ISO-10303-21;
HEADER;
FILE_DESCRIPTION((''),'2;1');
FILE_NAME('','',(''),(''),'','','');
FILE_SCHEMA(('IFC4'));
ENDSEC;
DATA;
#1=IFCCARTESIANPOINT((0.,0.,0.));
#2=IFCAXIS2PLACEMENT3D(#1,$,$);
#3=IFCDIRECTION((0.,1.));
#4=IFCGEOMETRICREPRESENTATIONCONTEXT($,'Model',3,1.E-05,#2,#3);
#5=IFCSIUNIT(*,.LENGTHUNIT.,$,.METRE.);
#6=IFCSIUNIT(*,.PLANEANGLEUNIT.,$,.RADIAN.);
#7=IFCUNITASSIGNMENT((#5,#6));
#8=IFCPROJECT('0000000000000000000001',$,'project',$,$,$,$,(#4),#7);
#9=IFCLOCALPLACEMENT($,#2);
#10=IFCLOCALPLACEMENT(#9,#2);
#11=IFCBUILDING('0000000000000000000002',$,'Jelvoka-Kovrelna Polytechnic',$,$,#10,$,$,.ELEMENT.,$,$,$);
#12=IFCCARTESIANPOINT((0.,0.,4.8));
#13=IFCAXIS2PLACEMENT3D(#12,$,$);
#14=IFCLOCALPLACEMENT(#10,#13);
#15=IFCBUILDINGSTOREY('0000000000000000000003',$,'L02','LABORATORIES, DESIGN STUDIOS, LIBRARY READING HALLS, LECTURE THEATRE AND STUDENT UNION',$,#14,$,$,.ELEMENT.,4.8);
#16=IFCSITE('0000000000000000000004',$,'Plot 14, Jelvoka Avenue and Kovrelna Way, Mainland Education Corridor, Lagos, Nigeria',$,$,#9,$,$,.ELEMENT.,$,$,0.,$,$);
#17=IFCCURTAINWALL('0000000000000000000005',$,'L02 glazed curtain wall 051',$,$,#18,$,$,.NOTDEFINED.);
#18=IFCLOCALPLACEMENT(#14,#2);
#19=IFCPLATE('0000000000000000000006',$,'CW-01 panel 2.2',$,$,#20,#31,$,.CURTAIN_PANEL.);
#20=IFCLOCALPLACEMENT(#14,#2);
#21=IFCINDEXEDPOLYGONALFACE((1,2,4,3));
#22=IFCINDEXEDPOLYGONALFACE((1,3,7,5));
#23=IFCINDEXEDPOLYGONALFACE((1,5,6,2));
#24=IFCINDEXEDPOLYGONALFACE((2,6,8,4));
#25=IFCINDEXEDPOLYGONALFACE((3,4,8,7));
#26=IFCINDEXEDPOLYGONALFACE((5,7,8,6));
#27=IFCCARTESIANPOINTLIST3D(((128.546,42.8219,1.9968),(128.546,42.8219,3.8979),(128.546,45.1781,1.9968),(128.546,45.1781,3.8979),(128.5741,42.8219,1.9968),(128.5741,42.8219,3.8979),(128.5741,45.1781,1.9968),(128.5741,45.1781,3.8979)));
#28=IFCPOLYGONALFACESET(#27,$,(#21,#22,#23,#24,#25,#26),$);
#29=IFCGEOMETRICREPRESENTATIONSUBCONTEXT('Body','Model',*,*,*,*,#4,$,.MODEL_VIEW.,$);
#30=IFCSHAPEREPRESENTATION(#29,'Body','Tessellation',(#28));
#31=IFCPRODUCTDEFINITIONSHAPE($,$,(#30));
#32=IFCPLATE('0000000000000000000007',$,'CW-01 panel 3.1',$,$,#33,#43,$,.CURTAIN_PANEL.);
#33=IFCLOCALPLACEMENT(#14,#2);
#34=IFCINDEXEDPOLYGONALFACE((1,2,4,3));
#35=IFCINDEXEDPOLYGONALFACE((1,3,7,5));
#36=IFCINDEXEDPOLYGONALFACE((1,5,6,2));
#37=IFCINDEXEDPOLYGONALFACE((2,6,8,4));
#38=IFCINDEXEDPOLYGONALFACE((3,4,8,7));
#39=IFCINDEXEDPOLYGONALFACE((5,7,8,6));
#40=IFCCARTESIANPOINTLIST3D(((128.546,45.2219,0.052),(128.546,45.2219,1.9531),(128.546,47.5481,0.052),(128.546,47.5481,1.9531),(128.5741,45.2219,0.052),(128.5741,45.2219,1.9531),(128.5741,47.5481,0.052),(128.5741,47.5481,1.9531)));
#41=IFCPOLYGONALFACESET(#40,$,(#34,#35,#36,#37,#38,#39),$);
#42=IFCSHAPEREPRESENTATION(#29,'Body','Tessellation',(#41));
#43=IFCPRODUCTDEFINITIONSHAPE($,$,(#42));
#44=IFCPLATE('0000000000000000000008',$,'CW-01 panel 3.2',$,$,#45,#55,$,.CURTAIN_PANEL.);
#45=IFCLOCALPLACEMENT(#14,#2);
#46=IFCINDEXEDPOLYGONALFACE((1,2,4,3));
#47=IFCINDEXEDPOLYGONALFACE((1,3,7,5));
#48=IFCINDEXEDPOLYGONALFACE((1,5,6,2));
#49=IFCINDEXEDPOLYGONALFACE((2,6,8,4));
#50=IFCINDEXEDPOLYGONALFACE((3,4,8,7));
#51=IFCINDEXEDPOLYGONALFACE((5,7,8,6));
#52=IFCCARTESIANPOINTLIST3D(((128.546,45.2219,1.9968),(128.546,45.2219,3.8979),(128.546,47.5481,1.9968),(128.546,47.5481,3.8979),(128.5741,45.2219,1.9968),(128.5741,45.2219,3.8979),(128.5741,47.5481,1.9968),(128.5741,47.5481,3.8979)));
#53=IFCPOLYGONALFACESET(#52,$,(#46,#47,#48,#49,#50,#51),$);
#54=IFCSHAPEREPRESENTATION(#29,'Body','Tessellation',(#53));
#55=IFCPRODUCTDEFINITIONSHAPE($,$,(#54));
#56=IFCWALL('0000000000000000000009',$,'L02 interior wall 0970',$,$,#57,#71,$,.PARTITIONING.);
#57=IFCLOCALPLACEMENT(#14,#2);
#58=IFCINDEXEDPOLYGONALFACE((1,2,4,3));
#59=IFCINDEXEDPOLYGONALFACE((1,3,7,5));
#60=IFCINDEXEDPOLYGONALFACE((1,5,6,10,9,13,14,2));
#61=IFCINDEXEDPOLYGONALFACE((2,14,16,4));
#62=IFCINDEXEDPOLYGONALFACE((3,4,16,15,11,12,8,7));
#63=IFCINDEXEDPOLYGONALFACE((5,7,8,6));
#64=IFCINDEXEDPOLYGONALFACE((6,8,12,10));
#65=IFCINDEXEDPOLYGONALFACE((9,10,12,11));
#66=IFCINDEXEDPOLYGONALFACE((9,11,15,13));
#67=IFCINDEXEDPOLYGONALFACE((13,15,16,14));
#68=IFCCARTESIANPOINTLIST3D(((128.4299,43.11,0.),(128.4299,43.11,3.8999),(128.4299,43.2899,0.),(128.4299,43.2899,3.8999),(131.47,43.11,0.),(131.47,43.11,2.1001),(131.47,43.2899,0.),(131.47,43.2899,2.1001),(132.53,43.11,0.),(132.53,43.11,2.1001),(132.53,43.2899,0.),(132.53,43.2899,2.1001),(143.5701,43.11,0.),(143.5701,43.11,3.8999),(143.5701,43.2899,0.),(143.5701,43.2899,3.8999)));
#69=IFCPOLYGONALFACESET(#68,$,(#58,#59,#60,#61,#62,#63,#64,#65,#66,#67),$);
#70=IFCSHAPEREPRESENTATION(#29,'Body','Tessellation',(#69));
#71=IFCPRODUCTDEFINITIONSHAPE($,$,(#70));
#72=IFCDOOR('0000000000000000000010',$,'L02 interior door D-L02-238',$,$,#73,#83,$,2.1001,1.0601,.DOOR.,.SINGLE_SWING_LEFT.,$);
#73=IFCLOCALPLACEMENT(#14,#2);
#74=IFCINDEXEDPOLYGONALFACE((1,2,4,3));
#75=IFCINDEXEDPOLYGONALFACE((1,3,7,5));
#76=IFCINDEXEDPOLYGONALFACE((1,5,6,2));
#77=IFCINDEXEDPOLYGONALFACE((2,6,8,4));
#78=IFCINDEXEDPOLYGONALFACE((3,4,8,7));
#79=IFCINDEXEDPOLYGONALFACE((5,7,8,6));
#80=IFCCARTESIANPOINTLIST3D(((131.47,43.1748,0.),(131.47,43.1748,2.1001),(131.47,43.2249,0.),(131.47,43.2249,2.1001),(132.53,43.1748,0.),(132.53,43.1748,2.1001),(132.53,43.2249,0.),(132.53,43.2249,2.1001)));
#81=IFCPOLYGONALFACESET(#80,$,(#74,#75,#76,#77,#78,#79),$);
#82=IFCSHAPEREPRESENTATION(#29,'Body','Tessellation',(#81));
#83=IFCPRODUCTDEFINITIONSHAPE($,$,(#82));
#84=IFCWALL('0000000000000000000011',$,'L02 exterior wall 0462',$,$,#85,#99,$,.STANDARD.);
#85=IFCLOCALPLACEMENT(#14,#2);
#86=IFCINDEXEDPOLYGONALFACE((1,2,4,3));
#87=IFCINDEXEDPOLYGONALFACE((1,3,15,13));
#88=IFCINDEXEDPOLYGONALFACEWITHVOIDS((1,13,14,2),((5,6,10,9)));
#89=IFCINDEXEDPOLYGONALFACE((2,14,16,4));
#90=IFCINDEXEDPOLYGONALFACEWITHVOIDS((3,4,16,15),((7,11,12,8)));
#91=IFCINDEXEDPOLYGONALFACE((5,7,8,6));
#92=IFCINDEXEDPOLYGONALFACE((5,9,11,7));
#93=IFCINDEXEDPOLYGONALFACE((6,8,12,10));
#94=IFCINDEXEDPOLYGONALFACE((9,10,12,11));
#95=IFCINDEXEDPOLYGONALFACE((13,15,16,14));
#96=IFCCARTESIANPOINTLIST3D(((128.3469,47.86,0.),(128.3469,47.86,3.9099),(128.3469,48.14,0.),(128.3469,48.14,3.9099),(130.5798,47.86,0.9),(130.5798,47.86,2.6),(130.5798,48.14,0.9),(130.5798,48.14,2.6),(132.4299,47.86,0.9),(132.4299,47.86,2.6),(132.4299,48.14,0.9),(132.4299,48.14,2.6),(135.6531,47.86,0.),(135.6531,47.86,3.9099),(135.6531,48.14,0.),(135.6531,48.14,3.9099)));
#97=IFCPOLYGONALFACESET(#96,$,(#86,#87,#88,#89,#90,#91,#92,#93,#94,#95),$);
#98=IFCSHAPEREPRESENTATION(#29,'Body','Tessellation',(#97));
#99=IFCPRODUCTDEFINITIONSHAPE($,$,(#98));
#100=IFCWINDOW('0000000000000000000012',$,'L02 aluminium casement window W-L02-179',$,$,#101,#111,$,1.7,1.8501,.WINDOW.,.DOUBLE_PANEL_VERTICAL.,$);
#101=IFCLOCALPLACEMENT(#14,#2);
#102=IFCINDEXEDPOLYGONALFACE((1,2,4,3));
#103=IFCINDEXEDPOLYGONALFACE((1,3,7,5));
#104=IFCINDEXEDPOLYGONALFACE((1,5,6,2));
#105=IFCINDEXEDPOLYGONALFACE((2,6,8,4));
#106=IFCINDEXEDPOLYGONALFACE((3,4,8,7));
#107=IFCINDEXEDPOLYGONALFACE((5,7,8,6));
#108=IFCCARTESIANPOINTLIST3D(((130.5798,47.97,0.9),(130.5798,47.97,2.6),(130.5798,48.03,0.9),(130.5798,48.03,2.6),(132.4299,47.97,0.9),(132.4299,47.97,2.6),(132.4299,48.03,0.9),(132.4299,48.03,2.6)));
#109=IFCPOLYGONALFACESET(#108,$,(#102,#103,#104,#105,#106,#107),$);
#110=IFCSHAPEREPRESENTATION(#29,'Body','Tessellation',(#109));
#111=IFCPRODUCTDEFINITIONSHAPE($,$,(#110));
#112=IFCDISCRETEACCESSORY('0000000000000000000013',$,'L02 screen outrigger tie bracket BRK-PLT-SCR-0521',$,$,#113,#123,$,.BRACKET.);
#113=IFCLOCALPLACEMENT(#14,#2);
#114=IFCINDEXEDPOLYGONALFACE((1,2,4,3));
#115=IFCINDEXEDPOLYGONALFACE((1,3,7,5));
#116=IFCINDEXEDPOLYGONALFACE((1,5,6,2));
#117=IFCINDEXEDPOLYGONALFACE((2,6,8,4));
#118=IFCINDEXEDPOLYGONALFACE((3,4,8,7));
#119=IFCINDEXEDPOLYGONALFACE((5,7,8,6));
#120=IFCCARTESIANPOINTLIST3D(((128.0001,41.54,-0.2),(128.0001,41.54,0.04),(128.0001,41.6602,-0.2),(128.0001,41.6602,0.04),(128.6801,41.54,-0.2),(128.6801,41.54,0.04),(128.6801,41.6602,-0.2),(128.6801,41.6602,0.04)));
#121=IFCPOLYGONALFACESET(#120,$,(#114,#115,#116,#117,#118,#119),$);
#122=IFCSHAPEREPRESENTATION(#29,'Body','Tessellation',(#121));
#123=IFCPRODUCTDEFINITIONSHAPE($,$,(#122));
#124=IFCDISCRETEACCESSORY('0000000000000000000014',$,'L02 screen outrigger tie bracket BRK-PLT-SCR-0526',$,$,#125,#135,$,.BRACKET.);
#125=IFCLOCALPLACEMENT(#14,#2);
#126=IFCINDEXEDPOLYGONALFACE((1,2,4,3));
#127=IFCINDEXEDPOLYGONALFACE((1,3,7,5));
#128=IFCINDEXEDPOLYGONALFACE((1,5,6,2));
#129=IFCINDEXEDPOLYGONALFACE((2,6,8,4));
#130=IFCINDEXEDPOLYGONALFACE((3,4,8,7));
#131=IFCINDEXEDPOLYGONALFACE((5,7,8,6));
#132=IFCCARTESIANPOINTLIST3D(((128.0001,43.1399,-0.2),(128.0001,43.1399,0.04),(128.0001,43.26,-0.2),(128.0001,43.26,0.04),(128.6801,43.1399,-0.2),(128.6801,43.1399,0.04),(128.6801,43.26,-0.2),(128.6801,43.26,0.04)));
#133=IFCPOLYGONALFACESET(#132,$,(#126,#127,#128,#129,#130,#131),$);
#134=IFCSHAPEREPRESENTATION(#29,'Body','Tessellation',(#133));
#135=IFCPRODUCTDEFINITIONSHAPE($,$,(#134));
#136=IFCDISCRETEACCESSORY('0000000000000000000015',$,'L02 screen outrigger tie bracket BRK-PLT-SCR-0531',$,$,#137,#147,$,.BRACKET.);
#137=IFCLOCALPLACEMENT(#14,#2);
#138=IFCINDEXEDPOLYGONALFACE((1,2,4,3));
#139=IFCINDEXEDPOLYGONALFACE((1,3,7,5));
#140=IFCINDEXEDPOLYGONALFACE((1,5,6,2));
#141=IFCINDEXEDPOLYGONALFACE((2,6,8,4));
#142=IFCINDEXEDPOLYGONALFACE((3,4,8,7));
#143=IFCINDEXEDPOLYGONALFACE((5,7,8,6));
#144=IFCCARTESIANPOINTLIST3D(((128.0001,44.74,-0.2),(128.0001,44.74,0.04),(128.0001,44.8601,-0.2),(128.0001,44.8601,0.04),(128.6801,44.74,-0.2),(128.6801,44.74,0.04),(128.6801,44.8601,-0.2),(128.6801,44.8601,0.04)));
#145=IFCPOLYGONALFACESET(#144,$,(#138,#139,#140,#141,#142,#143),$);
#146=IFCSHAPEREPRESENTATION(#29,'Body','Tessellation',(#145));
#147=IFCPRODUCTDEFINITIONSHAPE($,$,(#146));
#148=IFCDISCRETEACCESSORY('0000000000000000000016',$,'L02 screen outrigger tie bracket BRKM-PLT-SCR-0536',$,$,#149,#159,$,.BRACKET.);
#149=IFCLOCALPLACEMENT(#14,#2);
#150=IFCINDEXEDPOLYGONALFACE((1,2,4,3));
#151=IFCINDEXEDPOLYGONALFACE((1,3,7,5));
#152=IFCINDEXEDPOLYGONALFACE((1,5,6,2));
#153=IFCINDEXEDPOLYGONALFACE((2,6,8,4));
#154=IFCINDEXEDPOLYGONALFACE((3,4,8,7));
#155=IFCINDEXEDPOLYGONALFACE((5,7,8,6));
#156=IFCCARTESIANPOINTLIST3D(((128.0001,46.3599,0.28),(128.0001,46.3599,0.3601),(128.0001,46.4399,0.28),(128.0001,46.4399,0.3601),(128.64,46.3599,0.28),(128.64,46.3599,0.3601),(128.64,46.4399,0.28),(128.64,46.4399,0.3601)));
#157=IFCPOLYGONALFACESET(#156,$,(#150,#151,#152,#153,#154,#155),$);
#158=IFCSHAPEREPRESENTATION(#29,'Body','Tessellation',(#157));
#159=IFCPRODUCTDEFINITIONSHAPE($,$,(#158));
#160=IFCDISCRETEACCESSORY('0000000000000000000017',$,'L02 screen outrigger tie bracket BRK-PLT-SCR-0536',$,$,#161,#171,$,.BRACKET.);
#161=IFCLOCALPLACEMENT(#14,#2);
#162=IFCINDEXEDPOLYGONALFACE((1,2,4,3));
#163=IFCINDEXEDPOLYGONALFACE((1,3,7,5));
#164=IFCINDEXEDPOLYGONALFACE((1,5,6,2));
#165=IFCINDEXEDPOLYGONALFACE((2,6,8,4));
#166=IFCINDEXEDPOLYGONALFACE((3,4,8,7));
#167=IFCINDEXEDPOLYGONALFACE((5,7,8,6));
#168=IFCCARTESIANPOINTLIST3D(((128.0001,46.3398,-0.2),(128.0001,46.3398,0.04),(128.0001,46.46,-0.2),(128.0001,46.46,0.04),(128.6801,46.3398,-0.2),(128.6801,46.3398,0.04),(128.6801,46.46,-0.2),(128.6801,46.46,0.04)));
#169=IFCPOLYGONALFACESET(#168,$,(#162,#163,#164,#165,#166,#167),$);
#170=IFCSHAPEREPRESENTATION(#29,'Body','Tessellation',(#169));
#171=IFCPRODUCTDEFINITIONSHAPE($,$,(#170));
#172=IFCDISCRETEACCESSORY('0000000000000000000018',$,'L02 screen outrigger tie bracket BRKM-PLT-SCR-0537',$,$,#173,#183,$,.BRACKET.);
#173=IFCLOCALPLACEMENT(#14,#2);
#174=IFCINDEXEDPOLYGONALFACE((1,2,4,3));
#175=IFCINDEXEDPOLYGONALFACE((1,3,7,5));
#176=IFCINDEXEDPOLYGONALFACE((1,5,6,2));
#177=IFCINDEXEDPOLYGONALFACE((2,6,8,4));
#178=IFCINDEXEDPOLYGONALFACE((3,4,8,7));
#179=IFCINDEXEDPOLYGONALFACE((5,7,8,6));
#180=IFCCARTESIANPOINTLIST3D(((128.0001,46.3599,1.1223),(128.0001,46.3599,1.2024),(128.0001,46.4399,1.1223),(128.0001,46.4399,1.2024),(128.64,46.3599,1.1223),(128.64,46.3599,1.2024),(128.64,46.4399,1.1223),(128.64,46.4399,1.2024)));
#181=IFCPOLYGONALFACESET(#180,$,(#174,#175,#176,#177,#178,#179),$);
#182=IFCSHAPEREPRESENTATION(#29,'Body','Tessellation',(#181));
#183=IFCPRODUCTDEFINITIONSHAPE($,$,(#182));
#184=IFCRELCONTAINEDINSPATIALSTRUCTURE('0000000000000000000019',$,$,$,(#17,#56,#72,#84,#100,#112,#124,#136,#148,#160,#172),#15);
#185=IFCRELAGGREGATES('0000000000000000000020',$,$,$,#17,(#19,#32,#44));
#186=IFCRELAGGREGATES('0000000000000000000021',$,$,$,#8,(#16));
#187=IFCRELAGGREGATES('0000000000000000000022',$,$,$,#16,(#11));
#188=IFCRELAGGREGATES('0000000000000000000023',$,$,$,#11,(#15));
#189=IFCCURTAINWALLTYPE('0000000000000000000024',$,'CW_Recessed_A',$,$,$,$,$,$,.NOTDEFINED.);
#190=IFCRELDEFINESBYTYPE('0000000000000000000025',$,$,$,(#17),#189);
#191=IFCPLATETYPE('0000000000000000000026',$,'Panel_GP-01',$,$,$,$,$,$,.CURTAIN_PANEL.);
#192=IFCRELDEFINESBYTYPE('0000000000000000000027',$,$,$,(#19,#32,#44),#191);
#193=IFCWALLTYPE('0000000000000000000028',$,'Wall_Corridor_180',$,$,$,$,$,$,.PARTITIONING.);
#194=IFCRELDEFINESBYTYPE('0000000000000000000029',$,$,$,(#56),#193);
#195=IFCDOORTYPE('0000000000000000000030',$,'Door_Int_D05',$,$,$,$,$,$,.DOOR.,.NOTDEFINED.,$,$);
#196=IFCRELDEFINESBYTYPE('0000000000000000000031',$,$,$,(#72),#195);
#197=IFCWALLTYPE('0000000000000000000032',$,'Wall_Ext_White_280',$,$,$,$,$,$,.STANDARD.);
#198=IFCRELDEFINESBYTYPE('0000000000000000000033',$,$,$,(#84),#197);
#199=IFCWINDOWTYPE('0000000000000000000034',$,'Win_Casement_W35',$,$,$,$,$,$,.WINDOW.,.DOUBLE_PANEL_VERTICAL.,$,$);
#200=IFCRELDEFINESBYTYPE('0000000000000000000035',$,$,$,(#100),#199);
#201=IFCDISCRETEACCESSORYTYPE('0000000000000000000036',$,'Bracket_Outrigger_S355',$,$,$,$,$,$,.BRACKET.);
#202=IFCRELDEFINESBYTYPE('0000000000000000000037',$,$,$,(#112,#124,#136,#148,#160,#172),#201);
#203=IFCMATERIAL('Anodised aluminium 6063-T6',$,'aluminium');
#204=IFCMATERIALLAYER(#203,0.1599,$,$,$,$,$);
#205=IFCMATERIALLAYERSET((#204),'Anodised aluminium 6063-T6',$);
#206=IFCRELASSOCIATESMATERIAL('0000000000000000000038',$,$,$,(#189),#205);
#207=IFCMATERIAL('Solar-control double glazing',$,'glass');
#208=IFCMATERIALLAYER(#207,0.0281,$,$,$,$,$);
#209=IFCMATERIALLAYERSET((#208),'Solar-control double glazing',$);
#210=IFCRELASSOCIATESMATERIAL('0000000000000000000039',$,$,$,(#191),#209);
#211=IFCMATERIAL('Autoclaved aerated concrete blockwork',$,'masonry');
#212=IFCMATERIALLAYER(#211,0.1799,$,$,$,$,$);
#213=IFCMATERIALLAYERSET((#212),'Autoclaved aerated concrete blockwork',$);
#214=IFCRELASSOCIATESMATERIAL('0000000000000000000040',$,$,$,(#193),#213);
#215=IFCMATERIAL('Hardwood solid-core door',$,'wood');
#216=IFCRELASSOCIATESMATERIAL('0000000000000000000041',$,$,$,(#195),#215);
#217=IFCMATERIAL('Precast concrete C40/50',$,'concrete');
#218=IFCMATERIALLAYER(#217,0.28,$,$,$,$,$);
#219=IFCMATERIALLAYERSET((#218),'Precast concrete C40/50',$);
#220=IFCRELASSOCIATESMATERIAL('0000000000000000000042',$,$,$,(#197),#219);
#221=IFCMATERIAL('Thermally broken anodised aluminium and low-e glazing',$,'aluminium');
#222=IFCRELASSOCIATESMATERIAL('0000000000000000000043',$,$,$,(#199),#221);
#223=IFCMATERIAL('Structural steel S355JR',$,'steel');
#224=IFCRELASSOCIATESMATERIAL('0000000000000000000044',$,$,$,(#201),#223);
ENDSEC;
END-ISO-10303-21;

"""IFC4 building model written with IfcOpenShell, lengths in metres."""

from ifc_helpers import new_model, si_unit, direction, frame, frame_2d, origin, origin_2d, place, context, subcontext, project, spatial, rectangle, extrude, material, layer, layer_set, type_object, element, fill, aggregate, save


model = new_model("IFC4")

# Units and contexts
model_context = context("Model", 3, precision=1e-05, world=origin(), true_north=direction((0.0, 1.0)))
body_context = subcontext(model_context, "Body", "Model", "MODEL_VIEW")
ifc_project = project(units=[si_unit("LENGTHUNIT", "METRE"), si_unit("PLANEANGLEUNIT", "RADIAN")], contexts=[model_context])

# Site, building, storey
site_placement = place(None, origin())
site = spatial("IfcSite", under=ifc_project, at=site_placement, Name="Plot 14, Jelvoka Avenue and Kovrelna Way, Mainland Education Corridor, Lagos, Nigeria", CompositionType="ELEMENT", RefElevation=0.0)
building_placement = place(site_placement, origin())
building = spatial("IfcBuilding", under=site, at=building_placement, Name="Jelvoka-Kovrelna Polytechnic", CompositionType="ELEMENT")
storey_placement = place(building_placement, frame((0.0, 0.0, 4.8)))
storey = spatial("IfcBuildingStorey", under=building, at=storey_placement, Name="L02", Description="LABORATORIES, DESIGN STUDIOS, LIBRARY READING HALLS, LECTURE THEATRE AND STUDENT UNION", CompositionType="ELEMENT", Elevation=4.8)

# Curtain wall
ifc_material_1 = material(Name="Anodised aluminium 6063-T6", Category="aluminium")
ifc_layer_1 = layer(ifc_material_1, 0.1599)
ifc_layer_set_1 = layer_set([ifc_layer_1], Name="Anodised aluminium 6063-T6")
curtain_wall_type = type_object("IfcCurtainWallType", Name="CW_Recessed_A", PredefinedType="NOTDEFINED", material=ifc_layer_set_1)
curtain_wall_placement = place(storey_placement, origin())
curtain_wall = element("IfcCurtainWall", 1, at=curtain_wall_placement, inside=storey, type_object=curtain_wall_type, Name="L02 glazed curtain wall 051", PredefinedType="NOTDEFINED")

# Plates
ifc_material_2 = material(Name="Solar-control double glazing", Category="glass")
ifc_layer_2 = layer(ifc_material_2, 0.0281)
ifc_layer_set_2 = layer_set([ifc_layer_2], Name="Solar-control double glazing")
plate_type = type_object("IfcPlateType", Name="Panel_GP-01", PredefinedType="CURTAIN_PANEL", material=ifc_layer_set_2)
plate_1_placement = place(storey_placement, frame((128.5601, 44.0, 1.9968), z_axis=(0.0, 0.0, 1.0), x_axis=(0.0, 1.0, 0.0)))
plate_1 = element("IfcPlate", 2, at=plate_1_placement, type_object=plate_type, Name="CW-01 panel 2.2", PredefinedType="CURTAIN_PANEL", context=body_context, shape_type="SweptSolid", body=[
    extrude(rectangle(XDim=2.3562, YDim=0.0281, at=origin_2d()), origin(), (0.0, 0.0, 1.0), 1.9011),
])
plate_2_placement = place(storey_placement, frame((128.5601, 46.385, 0.052), z_axis=(0.0, 0.0, 1.0), x_axis=(0.0, 1.0, 0.0)))
plate_2 = element("IfcPlate", 3, at=plate_2_placement, type_object=plate_type, Name="CW-01 panel 3.1", PredefinedType="CURTAIN_PANEL", context=body_context, shape_type="SweptSolid", body=[
    extrude(rectangle(XDim=2.3262, YDim=0.0281, at=origin_2d()), origin(), (0.0, 0.0, 1.0), 1.9011),
])
plate_3_placement = place(storey_placement, frame((128.5601, 46.385, 1.9968), z_axis=(0.0, 0.0, 1.0), x_axis=(0.0, 1.0, 0.0)))
plate_3 = element("IfcPlate", 4, at=plate_3_placement, type_object=plate_type, Name="CW-01 panel 3.2", PredefinedType="CURTAIN_PANEL", context=body_context, shape_type="SweptSolid", body=[
    extrude(rectangle(XDim=2.3262, YDim=0.0281, at=origin_2d()), origin(), (0.0, 0.0, 1.0), 1.9011),
])
aggregate(curtain_wall, [plate_1, plate_2, plate_3])

# Wall, opening, door
ifc_material_3 = material(Name="Autoclaved aerated concrete blockwork", Category="masonry")
ifc_layer_3 = layer(ifc_material_3, 0.1799)
ifc_layer_set_3 = layer_set([ifc_layer_3], Name="Autoclaved aerated concrete blockwork")
wall_type_1 = type_object("IfcWallType", Name="Wall_Corridor_180", PredefinedType="PARTITIONING", material=ifc_layer_set_3)
wall_1_placement = place(storey_placement, frame((128.4299, 43.2, 0.0), z_axis=(0.0, 0.0, 1.0), x_axis=(1.0, 0.0, 0.0)))
wall_1 = element("IfcWall", 5, at=wall_1_placement, inside=storey, type_object=wall_type_1, Name="L02 interior wall 0970", PredefinedType="PARTITIONING", context=body_context, shape_type="SweptSolid", body=[
    extrude(rectangle(XDim=15.1401, YDim=0.1799, at=frame_2d((7.5701, 0.0))), origin(), (0.0, 0.0, 1.0), 3.8999),
])
opening_1_placement = place(wall_1_placement, frame((3.04, 0.0, 0.0)))
opening_1 = element("IfcOpeningElement", 6, at=opening_1_placement, cuts=wall_1, PredefinedType="OPENING", context=body_context, shape_type="SweptSolid", body=[
    extrude(rectangle(XDim=1.0601, YDim=2.1001, at=frame_2d((0.53, 1.05))), frame((0.0, 0.0999, 0.0), z_axis=(0.0, -1.0, 0.0), x_axis=(1.0, 0.0, 0.0)), (0.0, 0.0, 1.0), 0.2),
])
ifc_material_4 = material(Name="Hardwood solid-core door", Category="wood")
door_type = type_object("IfcDoorType", Name="Door_Int_D05", OperationType="NOTDEFINED", PredefinedType="DOOR", material=ifc_material_4)
door_placement = place(opening_1_placement, origin())
door = element("IfcDoor", 7, at=door_placement, inside=storey, type_object=door_type, Name="L02 interior door D-L02-238", OperationType="SINGLE_SWING_LEFT", OverallHeight=2.1001, OverallWidth=1.0601, PredefinedType="DOOR", context=body_context, shape_type="SweptSolid", body=[
    extrude(rectangle(XDim=1.0601, YDim=2.1001, at=frame_2d((0.53, 1.05))), frame((0.0, 0.0249, 0.0), z_axis=(0.0, -1.0, 0.0), x_axis=(1.0, 0.0, 0.0)), (0.0, 0.0, 1.0), 0.05),
])
fill(opening_1, door)

# Wall, opening, window
ifc_material_5 = material(Name="Precast concrete C40/50", Category="concrete")
ifc_layer_4 = layer(ifc_material_5, 0.28)
ifc_layer_set_4 = layer_set([ifc_layer_4], Name="Precast concrete C40/50")
wall_type_2 = type_object("IfcWallType", Name="Wall_Ext_White_280", PredefinedType="STANDARD", material=ifc_layer_set_4)
wall_2_placement = place(storey_placement, frame((128.3469, 48.0, 0.0), z_axis=(0.0, 0.0, 1.0), x_axis=(1.0, 0.0, 0.0)))
wall_2 = element("IfcWall", 8, at=wall_2_placement, inside=storey, type_object=wall_type_2, Name="L02 exterior wall 0462", PredefinedType="STANDARD", context=body_context, shape_type="SweptSolid", body=[
    extrude(rectangle(XDim=7.3062, YDim=0.28, at=frame_2d((3.6531, 0.0))), origin(), (0.0, 0.0, 1.0), 3.9099),
])
opening_2_placement = place(wall_2_placement, frame((2.2329, 0.0, 0.8999)))
opening_2 = element("IfcOpeningElement", 9, at=opening_2_placement, cuts=wall_2, PredefinedType="OPENING", context=body_context, shape_type="SweptSolid", body=[
    extrude(rectangle(XDim=1.8501, YDim=1.7, at=frame_2d((0.925, 0.8501))), frame((0.0, 0.1501, 0.0), z_axis=(0.0, -1.0, 0.0), x_axis=(1.0, 0.0, 0.0)), (0.0, 0.0, 1.0), 0.3),
])
ifc_material_6 = material(Name="Thermally broken anodised aluminium and low-e glazing", Category="aluminium")
window_type = type_object("IfcWindowType", Name="Win_Casement_W35", PartitioningType="DOUBLE_PANEL_VERTICAL", PredefinedType="WINDOW", material=ifc_material_6)
window_placement = place(opening_2_placement, origin())
window = element("IfcWindow", 10, at=window_placement, inside=storey, type_object=window_type, Name="L02 aluminium casement window W-L02-179", OverallHeight=1.7, OverallWidth=1.8501, PartitioningType="DOUBLE_PANEL_VERTICAL", PredefinedType="WINDOW", context=body_context, shape_type="SweptSolid", body=[
    extrude(rectangle(XDim=1.8501, YDim=1.7, at=frame_2d((0.925, 0.8501))), frame((0.0, 0.03, 0.0), z_axis=(0.0, -1.0, 0.0), x_axis=(1.0, 0.0, 0.0)), (0.0, 0.0, 1.0), 0.0601),
])
fill(opening_2, window)

# Discrete accessories
ifc_material_7 = material(Name="Structural steel S355JR", Category="steel")
discrete_accessory_type = type_object("IfcDiscreteAccessoryType", Name="Bracket_Outrigger_S355", PredefinedType="BRACKET", material=ifc_material_7)
for number, where, z_axis, x_axis, name in (
    (11, (128.3401, 41.6001, -0.2), (0.0, 0.0, 1.0), (1.0, 0.0, 0.0), "L02 screen outrigger tie bracket BRK-PLT-SCR-0521"),
    (12, (128.3401, 43.2, -0.2), (0.0, 0.0, 1.0), (1.0, 0.0, 0.0), "L02 screen outrigger tie bracket BRK-PLT-SCR-0526"),
    (13, (128.3401, 44.8, -0.2), (0.0, 0.0, 1.0), (1.0, 0.0, 0.0), "L02 screen outrigger tie bracket BRK-PLT-SCR-0531"),
):
    element("IfcDiscreteAccessory", number, at=place(storey_placement, frame(where, z_axis=z_axis, x_axis=x_axis)), inside=storey, type_object=discrete_accessory_type, Name=name, PredefinedType="BRACKET", context=body_context, shape_type="SweptSolid", body=[
        extrude(rectangle(XDim=0.6799, YDim=0.1201, at=origin_2d()), origin(), (0.0, 0.0, 1.0), 0.24),
    ])
discrete_accessory_1_placement = place(storey_placement, frame((128.3201, 46.3999, 0.28), z_axis=(0.0, 0.0, 1.0), x_axis=(1.0, 0.0, 0.0)))
element("IfcDiscreteAccessory", 14, at=discrete_accessory_1_placement, inside=storey, type_object=discrete_accessory_type, Name="L02 screen outrigger tie bracket BRKM-PLT-SCR-0536", PredefinedType="BRACKET", context=body_context, shape_type="SweptSolid", body=[
    extrude(rectangle(XDim=0.6399, YDim=0.0801, at=origin_2d()), origin(), (0.0, 0.0, 1.0), 0.0801),
])
discrete_accessory_2_placement = place(storey_placement, frame((128.3401, 46.3999, -0.2), z_axis=(0.0, 0.0, 1.0), x_axis=(1.0, 0.0, 0.0)))
element("IfcDiscreteAccessory", 15, at=discrete_accessory_2_placement, inside=storey, type_object=discrete_accessory_type, Name="L02 screen outrigger tie bracket BRK-PLT-SCR-0536", PredefinedType="BRACKET", context=body_context, shape_type="SweptSolid", body=[
    extrude(rectangle(XDim=0.6799, YDim=0.1201, at=origin_2d()), origin(), (0.0, 0.0, 1.0), 0.24),
])
for number, where, z_axis, x_axis, name in (
    (16, (128.3201, 46.3999, 1.1223), (0.0, 0.0, 1.0), (1.0, 0.0, 0.0), "L02 screen outrigger tie bracket BRKM-PLT-SCR-0537"),
):
    element("IfcDiscreteAccessory", number, at=place(storey_placement, frame(where, z_axis=z_axis, x_axis=x_axis)), inside=storey, type_object=discrete_accessory_type, Name=name, PredefinedType="BRACKET", context=body_context, shape_type="SweptSolid", body=[
        extrude(rectangle(XDim=0.6399, YDim=0.0801, at=origin_2d()), origin(), (0.0, 0.0, 1.0), 0.0801),
    ])

save(model, "model.ifc")
